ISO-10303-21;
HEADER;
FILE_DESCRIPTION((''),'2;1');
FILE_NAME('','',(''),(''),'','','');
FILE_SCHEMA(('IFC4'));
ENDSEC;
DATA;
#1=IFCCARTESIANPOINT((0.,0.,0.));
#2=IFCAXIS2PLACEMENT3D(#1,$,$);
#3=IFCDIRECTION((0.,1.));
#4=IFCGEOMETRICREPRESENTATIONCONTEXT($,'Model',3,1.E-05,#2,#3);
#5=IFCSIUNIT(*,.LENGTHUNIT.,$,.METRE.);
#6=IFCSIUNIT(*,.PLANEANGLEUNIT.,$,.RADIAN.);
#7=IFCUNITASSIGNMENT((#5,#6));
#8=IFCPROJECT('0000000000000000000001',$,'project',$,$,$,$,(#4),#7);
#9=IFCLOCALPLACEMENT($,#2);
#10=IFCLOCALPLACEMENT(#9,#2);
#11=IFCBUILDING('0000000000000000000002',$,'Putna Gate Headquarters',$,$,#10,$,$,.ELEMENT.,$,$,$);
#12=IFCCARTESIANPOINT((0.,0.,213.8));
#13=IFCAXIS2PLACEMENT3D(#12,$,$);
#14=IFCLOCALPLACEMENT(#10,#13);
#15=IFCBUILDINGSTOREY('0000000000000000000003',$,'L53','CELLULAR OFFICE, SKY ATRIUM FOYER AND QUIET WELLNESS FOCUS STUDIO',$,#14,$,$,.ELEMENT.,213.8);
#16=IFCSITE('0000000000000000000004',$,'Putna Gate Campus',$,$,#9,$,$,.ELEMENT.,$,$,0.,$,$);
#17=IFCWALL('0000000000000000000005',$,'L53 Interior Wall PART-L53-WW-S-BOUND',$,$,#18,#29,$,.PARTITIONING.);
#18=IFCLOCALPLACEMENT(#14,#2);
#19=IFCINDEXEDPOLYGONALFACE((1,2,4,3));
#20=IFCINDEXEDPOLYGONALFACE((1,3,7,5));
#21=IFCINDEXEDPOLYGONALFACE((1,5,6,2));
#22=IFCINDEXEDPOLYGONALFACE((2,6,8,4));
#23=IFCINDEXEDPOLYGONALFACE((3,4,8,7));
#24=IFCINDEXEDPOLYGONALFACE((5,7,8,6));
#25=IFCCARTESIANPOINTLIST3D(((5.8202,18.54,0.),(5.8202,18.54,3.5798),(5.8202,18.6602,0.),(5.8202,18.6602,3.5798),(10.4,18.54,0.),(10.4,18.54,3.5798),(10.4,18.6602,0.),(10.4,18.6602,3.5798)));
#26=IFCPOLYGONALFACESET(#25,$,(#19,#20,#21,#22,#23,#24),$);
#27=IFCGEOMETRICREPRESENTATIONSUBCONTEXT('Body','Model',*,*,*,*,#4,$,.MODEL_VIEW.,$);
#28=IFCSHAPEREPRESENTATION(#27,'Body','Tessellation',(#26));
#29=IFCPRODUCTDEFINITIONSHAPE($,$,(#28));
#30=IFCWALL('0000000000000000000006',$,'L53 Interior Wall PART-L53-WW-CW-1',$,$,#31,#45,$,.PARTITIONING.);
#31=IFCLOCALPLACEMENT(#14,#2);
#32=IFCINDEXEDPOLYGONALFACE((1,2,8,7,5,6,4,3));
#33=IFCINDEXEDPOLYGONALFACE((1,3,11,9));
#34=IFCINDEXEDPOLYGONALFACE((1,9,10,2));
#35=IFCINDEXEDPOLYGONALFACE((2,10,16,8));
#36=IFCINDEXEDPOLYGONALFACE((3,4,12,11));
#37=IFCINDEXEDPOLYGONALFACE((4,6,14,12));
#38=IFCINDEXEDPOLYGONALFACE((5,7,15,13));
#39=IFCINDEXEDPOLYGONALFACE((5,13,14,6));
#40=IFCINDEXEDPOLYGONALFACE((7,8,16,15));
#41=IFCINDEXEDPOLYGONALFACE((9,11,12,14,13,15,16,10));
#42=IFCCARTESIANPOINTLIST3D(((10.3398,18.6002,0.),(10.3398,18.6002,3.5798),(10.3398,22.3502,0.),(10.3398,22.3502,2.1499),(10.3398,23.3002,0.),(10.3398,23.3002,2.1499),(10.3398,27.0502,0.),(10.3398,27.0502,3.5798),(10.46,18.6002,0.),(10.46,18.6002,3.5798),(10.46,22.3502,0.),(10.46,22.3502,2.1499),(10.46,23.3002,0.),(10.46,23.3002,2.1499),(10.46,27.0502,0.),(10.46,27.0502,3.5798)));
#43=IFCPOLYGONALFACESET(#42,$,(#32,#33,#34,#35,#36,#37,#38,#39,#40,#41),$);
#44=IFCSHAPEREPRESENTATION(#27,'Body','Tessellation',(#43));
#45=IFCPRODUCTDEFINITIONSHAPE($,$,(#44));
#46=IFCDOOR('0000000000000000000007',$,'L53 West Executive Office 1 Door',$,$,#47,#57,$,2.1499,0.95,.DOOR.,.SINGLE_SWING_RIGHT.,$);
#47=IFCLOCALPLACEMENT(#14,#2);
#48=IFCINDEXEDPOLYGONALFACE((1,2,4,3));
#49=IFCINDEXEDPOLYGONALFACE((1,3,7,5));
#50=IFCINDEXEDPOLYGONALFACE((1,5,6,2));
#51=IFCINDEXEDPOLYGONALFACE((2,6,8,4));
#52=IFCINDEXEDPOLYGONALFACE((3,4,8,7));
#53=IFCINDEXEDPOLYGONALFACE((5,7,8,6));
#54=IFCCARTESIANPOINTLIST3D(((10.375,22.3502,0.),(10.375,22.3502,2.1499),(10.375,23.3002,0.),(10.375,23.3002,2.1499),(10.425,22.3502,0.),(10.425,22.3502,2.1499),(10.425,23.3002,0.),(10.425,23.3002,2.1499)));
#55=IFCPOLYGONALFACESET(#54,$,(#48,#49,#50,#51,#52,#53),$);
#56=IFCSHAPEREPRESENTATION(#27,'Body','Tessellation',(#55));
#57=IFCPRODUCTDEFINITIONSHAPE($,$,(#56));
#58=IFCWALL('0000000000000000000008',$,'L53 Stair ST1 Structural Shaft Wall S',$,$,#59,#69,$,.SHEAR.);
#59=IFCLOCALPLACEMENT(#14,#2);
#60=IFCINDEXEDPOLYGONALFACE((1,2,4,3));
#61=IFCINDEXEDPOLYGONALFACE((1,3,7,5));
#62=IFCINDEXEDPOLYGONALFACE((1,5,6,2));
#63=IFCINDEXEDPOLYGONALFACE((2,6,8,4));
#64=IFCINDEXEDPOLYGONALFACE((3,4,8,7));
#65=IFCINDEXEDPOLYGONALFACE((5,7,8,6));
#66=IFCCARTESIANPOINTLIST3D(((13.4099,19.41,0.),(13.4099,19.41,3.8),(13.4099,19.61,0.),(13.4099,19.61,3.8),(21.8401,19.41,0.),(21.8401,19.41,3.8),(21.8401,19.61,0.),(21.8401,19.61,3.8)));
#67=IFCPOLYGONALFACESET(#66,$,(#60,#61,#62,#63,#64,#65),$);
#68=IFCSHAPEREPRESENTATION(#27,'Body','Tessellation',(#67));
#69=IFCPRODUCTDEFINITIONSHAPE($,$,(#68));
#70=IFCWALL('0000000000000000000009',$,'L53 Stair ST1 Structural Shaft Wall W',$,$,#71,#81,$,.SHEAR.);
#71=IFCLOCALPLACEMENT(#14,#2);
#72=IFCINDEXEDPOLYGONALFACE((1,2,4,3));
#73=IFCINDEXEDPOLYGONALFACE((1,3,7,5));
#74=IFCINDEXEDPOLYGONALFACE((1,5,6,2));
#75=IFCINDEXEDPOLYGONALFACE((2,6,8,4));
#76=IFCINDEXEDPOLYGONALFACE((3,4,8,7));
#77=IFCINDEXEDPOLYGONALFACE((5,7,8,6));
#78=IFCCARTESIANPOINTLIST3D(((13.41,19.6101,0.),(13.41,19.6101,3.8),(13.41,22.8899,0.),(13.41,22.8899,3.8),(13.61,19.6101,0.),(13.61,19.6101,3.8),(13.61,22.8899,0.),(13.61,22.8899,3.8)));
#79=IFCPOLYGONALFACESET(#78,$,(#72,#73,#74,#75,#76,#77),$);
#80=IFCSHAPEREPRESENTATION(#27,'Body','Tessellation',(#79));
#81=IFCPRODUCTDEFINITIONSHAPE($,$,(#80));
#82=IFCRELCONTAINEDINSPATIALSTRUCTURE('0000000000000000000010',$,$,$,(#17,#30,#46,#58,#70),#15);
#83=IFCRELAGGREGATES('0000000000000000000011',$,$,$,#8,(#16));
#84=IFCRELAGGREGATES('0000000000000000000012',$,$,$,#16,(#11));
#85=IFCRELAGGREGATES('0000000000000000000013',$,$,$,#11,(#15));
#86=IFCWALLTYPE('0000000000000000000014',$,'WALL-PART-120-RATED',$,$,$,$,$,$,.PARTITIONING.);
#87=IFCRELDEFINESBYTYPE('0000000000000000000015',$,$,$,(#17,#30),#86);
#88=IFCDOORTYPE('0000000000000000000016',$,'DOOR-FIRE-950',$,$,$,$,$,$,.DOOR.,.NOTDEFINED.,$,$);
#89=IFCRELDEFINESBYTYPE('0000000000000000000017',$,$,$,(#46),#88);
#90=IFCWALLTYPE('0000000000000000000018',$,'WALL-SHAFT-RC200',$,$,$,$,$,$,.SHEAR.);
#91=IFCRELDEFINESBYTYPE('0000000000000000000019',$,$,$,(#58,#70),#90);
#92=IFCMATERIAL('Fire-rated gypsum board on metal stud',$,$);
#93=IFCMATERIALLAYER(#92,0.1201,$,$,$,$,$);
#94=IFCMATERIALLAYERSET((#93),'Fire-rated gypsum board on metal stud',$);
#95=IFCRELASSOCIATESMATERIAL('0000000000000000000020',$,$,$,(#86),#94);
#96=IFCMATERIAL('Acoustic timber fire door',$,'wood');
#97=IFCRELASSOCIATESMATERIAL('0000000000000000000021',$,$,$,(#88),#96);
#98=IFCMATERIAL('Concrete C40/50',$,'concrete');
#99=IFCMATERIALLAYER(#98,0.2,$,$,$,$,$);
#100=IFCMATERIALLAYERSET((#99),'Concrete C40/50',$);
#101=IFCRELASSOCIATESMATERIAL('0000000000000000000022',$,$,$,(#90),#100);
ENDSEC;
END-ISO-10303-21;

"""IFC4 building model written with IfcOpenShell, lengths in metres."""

from ifc_helpers import new_model, si_unit, direction, frame, frame_2d, origin, place, context, subcontext, project, spatial, rectangle, extrude, material, layer, layer_set, type_object, element, fill, save


model = new_model("IFC4")

# Units and contexts
model_context = context("Model", 3, precision=1e-05, world=origin(), true_north=direction((0.0, 1.0)))
body_context = subcontext(model_context, "Body", "Model", "MODEL_VIEW")
ifc_project = project(units=[si_unit("LENGTHUNIT", "METRE"), si_unit("PLANEANGLEUNIT", "RADIAN")], contexts=[model_context])

# Site, building, storey
site_placement = place(None, origin())
site = spatial("IfcSite", under=ifc_project, at=site_placement, Name="Putna Gate Campus", CompositionType="ELEMENT", RefElevation=0.0)
building_placement = place(site_placement, origin())
building = spatial("IfcBuilding", under=site, at=building_placement, Name="Putna Gate Headquarters", CompositionType="ELEMENT")
storey_placement = place(building_placement, frame((0.0, 0.0, 213.8)))
storey = spatial("IfcBuildingStorey", under=building, at=storey_placement, Name="L53", Description="CELLULAR OFFICE, SKY ATRIUM FOYER AND QUIET WELLNESS FOCUS STUDIO", CompositionType="ELEMENT", Elevation=213.8)

# Shared definitions
ifc_material_1 = material(Name="Fire-rated gypsum board on metal stud")
ifc_layer_1 = layer(ifc_material_1, 0.1201)
ifc_layer_set_1 = layer_set([ifc_layer_1], Name="Fire-rated gypsum board on metal stud")
wall_type_1 = type_object("IfcWallType", Name="WALL-PART-120-RATED", PredefinedType="PARTITIONING", material=ifc_layer_set_1)

# Shared definitions
ifc_material_2 = material(Name="Acoustic timber fire door", Category="wood")
door_type_1 = type_object("IfcDoorType", Name="DOOR-FIRE-950", OperationType="NOTDEFINED", PredefinedType="DOOR", material=ifc_material_2)

# Wall
wall_1_placement = place(storey_placement, frame((5.8201, 18.6001, 0.0), z_axis=(0.0, 0.0, 1.0), x_axis=(1.0, 0.0, 0.0)))
element("IfcWall", 1, at=wall_1_placement, inside=storey, type_object=wall_type_1, Name="L53 Interior Wall PART-L53-WW-S-BOUND", PredefinedType="PARTITIONING", context=body_context, shape_type="SweptSolid", body=[
    extrude(rectangle(XDim=4.5798, YDim=0.1201, at=frame_2d((2.29, 0.0))), origin(), (0.0, 0.0, 1.0), 3.5798),
])

# Wall, opening, door
wall_2_placement = place(storey_placement, frame((10.3999, 18.6001, 0.0), z_axis=(0.0, 0.0, 1.0), x_axis=(0.0, 1.0, 0.0)))
wall_2 = element("IfcWall", 2, at=wall_2_placement, inside=storey, type_object=wall_type_1, Name="L53 Interior Wall PART-L53-WW-CW-1", PredefinedType="PARTITIONING", context=body_context, shape_type="SweptSolid", body=[
    extrude(rectangle(XDim=8.45, YDim=0.1201, at=frame_2d((4.2251, 0.0))), origin(), (0.0, 0.0, 1.0), 3.5798),
])
opening_1_placement = place(wall_2_placement, frame((3.75, 0.0, 0.0)))
opening_1 = element("IfcOpeningElement", 3, at=opening_1_placement, cuts=wall_2, PredefinedType="OPENING", context=body_context, shape_type="SweptSolid", body=[
    extrude(rectangle(XDim=0.95, YDim=2.1499, at=frame_2d((0.4751, 1.075))), frame((0.0, 0.0701, 0.0), z_axis=(0.0, -1.0, 0.0), x_axis=(1.0, 0.0, 0.0)), (0.0, 0.0, 1.0), 0.1401),
])
door_1_placement = place(opening_1_placement, origin())
door_1 = element("IfcDoor", 4, at=door_1_placement, inside=storey, type_object=door_type_1, Name="L53 West Executive Office 1 Door", OperationType="SINGLE_SWING_RIGHT", OverallHeight=2.1499, OverallWidth=0.95, PredefinedType="DOOR", context=body_context, shape_type="SweptSolid", body=[
    extrude(rectangle(XDim=0.95, YDim=2.1499, at=frame_2d((0.4751, 1.075))), frame((0.0, 0.0249, 0.0), z_axis=(0.0, -1.0, 0.0), x_axis=(1.0, 0.0, 0.0)), (0.0, 0.0, 1.0), 0.05),
])
fill(opening_1, door_1)

# Walls
ifc_material_3 = material(Name="Concrete C40/50", Category="concrete")
ifc_layer_2 = layer(ifc_material_3, 0.2)
ifc_layer_set_2 = layer_set([ifc_layer_2], Name="Concrete C40/50")
wall_type_2 = type_object("IfcWallType", Name="WALL-SHAFT-RC200", PredefinedType="SHEAR", material=ifc_layer_set_2)
wall_3_placement = place(storey_placement, frame((13.4099, 19.51, 0.0), z_axis=(0.0, 0.0, 1.0), x_axis=(1.0, 0.0, 0.0)))
element("IfcWall", 5, at=wall_3_placement, inside=storey, type_object=wall_type_2, Name="L53 Stair ST1 Structural Shaft Wall S", PredefinedType="SHEAR", context=body_context, shape_type="SweptSolid", body=[
    extrude(rectangle(XDim=8.4302, YDim=0.2, at=frame_2d((4.2151, 0.0))), origin(), (0.0, 0.0, 1.0), 3.8),
])
wall_4_placement = place(storey_placement, frame((13.51, 19.6101, 0.0), z_axis=(0.0, 0.0, 1.0), x_axis=(0.0, 1.0, 0.0)))
element("IfcWall", 6, at=wall_4_placement, inside=storey, type_object=wall_type_2, Name="L53 Stair ST1 Structural Shaft Wall W", PredefinedType="SHEAR", context=body_context, shape_type="SweptSolid", body=[
    extrude(rectangle(XDim=3.2798, YDim=0.2, at=frame_2d((1.6399, 0.0))), origin(), (0.0, 0.0, 1.0), 3.8),
])

save(model, "model.ifc")
